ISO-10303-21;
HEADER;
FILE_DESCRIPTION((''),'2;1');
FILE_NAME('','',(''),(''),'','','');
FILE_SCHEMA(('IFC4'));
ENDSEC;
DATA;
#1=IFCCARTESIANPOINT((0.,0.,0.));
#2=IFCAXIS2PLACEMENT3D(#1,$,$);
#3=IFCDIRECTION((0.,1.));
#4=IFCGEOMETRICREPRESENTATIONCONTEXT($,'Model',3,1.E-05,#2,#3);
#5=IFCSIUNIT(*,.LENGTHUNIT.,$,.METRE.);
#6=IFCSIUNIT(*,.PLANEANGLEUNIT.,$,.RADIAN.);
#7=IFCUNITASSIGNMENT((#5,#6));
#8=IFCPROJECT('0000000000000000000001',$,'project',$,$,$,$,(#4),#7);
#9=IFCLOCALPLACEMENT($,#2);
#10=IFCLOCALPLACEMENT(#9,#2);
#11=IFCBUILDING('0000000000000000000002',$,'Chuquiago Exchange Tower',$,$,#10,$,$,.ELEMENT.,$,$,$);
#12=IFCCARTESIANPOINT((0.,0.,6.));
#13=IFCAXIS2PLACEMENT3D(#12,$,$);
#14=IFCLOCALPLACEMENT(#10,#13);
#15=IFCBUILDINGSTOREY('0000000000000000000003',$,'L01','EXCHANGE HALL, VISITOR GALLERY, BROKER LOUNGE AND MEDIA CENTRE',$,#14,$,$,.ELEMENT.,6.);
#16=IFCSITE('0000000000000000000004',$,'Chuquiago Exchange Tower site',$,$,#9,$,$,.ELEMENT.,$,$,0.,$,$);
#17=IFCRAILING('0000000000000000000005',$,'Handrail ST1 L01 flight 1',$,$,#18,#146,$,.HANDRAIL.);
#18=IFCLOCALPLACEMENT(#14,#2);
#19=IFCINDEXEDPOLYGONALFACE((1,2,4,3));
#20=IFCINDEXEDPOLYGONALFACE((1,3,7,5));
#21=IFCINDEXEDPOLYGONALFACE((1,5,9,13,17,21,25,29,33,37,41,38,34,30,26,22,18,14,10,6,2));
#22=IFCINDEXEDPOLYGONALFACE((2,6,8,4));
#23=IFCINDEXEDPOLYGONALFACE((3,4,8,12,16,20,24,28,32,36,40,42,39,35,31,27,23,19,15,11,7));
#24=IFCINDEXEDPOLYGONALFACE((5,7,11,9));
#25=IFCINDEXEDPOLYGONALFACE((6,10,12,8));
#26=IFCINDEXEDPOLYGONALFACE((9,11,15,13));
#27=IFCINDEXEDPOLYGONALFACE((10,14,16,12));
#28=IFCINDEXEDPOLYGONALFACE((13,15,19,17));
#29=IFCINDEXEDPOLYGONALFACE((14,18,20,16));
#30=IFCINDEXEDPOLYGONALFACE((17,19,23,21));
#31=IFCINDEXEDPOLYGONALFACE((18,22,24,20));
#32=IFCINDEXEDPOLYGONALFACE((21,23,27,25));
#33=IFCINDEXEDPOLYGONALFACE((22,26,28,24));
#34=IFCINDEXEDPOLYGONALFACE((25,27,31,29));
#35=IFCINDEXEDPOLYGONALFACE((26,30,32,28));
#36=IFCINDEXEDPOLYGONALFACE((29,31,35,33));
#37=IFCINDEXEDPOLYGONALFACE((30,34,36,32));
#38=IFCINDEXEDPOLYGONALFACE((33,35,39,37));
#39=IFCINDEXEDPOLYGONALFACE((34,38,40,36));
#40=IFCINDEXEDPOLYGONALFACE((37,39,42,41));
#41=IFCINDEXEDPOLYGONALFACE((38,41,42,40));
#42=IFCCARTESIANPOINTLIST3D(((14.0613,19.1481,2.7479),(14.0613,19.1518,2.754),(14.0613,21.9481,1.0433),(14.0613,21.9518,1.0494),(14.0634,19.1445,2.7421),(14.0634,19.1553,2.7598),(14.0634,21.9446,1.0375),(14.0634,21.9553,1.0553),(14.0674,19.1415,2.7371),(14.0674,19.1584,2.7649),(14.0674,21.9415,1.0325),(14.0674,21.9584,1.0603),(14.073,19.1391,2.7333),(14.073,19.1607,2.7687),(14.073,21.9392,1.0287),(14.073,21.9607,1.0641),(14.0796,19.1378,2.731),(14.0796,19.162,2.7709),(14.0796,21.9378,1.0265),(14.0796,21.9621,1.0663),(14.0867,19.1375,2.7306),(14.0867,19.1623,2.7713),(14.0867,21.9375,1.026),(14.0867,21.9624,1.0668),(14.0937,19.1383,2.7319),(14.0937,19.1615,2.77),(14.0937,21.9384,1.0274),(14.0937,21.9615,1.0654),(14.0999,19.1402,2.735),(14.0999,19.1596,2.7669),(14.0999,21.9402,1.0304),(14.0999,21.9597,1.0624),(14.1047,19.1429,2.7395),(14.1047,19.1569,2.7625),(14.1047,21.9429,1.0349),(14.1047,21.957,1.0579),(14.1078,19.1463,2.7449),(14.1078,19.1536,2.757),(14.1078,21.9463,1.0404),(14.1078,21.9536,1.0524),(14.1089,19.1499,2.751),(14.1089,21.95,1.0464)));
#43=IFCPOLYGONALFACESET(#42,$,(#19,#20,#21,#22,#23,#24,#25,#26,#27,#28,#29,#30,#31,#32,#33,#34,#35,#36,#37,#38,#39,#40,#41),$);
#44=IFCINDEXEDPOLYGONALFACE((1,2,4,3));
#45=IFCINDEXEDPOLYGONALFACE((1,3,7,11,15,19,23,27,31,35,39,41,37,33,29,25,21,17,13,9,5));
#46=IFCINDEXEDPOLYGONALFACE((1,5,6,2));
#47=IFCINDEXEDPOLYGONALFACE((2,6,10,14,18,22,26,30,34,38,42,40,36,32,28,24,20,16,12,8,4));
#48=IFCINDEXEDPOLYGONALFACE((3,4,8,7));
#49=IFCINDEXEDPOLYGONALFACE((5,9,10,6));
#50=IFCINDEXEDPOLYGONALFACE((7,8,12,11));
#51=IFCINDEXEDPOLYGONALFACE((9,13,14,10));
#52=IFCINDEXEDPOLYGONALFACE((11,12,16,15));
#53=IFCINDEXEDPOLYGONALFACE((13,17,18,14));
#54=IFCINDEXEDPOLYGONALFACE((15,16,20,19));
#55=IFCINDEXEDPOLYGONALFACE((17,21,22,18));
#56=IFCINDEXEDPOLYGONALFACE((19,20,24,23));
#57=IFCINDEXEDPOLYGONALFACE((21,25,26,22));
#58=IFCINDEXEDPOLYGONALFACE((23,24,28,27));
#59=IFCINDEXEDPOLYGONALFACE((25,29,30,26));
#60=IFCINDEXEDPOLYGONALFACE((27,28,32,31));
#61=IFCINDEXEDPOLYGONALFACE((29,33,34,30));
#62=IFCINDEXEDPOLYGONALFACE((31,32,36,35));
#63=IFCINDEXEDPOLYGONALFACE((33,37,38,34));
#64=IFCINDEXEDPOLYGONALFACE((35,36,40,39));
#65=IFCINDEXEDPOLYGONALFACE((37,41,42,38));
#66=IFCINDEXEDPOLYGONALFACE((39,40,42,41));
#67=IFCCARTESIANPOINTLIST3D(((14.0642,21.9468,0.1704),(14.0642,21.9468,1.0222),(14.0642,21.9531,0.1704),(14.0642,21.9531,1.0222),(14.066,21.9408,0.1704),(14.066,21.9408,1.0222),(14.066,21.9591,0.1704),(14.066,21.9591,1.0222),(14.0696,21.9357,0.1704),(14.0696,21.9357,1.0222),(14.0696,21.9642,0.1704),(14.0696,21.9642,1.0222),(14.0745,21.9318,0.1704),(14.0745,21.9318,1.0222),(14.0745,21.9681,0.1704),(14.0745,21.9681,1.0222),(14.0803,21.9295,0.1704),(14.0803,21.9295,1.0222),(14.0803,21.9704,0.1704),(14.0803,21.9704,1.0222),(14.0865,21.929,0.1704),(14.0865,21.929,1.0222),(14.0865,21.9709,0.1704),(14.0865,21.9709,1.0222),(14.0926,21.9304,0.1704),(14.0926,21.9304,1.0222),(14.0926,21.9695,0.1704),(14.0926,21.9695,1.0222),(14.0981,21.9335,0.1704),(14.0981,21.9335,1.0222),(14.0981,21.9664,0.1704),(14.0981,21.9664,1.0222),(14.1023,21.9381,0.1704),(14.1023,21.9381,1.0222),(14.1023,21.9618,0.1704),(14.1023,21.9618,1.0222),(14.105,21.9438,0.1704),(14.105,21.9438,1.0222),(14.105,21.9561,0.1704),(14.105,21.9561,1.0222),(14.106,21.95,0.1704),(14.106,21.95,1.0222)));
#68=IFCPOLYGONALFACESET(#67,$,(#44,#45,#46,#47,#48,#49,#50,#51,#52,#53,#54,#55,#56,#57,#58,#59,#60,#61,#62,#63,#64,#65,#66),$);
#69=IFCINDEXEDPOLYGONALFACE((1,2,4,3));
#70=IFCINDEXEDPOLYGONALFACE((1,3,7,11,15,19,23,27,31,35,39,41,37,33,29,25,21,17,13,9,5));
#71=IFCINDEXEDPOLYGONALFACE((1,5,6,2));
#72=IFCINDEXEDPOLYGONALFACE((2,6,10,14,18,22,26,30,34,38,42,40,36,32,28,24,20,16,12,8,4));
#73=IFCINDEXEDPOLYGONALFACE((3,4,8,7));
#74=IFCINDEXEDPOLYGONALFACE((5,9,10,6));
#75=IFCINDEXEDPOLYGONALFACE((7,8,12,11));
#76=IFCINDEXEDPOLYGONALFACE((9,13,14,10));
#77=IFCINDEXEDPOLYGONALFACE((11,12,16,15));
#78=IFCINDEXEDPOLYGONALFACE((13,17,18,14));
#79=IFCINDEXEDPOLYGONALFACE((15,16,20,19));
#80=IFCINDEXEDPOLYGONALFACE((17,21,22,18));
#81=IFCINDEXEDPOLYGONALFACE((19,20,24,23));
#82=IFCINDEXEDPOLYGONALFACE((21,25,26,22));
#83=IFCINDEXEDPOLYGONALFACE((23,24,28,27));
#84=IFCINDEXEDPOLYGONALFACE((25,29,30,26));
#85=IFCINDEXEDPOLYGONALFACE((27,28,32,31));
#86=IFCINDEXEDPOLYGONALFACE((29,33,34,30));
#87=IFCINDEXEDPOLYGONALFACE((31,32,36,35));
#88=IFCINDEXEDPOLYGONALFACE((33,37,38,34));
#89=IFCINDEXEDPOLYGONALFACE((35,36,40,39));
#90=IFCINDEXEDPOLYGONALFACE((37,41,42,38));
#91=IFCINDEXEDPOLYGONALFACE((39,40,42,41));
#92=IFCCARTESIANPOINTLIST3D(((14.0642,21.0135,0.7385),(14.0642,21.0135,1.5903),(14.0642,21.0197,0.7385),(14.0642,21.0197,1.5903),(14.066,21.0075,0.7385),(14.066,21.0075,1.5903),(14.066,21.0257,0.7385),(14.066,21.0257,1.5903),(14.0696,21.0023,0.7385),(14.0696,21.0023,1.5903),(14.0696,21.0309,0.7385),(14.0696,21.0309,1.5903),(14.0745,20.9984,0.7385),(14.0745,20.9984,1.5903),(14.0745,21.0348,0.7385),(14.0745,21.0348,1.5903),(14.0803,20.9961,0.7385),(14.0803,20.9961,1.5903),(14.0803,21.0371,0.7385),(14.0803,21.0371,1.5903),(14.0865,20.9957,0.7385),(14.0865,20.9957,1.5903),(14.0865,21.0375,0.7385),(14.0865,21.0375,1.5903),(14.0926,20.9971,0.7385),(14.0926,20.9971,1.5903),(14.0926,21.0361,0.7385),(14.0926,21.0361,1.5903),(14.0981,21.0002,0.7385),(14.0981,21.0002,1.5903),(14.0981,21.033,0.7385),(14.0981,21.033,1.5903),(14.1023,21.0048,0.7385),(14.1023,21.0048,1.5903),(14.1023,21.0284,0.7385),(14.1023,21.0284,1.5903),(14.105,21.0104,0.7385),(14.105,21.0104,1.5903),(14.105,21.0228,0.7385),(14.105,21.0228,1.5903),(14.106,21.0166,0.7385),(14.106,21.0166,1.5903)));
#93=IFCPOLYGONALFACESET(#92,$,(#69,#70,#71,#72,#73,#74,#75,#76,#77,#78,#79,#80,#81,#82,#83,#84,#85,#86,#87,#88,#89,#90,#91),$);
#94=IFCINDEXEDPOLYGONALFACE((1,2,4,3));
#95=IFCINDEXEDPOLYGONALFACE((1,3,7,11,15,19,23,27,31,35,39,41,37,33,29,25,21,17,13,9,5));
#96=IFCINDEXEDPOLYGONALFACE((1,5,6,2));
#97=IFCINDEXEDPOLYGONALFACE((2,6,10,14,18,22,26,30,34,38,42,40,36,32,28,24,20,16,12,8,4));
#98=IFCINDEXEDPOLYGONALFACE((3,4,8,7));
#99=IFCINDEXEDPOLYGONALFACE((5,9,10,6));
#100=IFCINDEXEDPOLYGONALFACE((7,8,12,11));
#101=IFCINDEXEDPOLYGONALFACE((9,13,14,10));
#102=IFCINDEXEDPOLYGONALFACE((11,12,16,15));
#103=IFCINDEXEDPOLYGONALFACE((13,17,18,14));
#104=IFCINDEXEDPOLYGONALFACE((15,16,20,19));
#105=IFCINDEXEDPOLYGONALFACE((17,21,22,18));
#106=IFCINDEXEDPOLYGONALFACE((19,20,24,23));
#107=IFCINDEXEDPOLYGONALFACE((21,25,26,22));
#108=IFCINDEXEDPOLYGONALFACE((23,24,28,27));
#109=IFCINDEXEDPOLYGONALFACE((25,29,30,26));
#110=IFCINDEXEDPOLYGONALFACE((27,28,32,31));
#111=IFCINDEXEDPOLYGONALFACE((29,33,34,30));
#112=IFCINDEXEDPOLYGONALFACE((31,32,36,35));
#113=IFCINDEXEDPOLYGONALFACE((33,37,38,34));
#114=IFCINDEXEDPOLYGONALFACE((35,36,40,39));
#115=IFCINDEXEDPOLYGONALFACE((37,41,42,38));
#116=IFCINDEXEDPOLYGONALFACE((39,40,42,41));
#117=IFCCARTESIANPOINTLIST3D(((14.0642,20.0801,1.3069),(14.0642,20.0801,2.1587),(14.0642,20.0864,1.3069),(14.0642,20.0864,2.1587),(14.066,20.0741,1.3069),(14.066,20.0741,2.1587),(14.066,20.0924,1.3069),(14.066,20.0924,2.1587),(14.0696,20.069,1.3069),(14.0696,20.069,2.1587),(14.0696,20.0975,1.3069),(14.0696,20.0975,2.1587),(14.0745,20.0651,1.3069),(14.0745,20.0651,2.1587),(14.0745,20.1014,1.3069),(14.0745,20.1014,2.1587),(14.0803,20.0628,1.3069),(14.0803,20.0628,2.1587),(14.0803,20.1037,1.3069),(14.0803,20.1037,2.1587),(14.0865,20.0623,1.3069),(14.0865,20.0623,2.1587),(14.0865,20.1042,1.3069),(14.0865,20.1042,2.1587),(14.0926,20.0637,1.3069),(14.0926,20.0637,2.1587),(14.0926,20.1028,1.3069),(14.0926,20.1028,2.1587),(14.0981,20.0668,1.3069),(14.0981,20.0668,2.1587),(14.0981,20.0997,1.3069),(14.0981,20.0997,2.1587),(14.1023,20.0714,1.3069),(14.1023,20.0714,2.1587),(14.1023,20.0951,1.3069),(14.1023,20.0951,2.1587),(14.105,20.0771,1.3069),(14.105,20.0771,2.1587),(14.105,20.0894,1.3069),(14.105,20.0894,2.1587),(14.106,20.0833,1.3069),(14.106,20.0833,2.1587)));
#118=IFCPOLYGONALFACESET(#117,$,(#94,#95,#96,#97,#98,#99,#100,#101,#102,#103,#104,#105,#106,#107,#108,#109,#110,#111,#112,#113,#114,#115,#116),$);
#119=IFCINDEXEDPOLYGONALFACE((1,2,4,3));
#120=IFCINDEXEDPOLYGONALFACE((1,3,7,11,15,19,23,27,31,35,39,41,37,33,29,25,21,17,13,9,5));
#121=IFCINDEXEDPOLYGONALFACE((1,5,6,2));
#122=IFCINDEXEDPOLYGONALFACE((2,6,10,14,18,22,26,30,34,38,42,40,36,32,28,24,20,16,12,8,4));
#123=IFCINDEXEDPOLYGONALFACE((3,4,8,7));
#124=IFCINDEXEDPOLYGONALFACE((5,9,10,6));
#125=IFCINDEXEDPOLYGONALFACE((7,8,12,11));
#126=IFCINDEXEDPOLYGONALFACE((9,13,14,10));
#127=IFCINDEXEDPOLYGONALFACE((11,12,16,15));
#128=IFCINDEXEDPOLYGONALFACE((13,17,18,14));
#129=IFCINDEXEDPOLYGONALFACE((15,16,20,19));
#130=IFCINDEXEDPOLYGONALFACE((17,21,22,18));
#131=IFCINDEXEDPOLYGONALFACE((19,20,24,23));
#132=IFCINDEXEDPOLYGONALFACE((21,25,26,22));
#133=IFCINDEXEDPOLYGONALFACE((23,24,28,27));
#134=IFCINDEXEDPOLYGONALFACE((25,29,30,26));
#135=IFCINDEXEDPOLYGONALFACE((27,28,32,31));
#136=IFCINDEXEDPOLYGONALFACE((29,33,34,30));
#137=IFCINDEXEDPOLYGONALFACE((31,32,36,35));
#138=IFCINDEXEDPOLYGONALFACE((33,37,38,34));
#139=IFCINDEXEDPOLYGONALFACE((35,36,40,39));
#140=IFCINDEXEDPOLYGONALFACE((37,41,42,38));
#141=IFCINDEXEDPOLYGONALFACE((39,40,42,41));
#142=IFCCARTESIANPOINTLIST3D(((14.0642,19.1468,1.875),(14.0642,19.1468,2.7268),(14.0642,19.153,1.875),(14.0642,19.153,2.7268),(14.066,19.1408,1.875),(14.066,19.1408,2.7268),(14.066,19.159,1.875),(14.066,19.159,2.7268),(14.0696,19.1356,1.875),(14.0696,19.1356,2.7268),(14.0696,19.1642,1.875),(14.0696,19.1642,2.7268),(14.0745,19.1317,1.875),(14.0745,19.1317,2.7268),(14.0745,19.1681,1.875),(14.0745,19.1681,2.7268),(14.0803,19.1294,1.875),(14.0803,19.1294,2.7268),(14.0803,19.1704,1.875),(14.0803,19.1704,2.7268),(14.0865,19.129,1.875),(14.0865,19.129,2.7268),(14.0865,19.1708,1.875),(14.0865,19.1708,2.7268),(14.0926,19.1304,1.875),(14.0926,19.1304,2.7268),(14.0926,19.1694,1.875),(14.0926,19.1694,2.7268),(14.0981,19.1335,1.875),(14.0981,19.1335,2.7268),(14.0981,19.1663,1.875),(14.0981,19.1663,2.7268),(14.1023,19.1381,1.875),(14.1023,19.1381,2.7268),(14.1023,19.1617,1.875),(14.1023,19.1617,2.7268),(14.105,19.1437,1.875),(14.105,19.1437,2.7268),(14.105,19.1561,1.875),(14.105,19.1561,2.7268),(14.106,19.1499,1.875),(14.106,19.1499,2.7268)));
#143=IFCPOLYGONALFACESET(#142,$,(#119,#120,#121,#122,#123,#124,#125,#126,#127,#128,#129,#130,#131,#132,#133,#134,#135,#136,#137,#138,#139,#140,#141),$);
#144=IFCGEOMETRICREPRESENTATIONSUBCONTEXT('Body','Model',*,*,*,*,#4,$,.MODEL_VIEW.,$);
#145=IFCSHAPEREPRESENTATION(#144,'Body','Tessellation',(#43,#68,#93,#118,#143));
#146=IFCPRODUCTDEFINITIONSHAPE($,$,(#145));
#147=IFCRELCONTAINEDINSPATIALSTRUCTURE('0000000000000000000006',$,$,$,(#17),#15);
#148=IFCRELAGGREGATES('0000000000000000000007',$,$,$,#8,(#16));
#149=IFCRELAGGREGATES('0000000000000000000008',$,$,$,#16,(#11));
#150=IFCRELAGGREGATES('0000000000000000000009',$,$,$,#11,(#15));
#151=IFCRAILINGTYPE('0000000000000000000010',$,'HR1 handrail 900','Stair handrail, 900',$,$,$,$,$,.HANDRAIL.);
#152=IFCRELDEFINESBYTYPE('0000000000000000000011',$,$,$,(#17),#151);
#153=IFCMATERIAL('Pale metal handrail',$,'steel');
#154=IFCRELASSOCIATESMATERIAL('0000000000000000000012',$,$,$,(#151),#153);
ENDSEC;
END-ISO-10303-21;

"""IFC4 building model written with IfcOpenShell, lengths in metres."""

from ifc_helpers import new_model, si_unit, direction, frame, origin, origin_2d, place, context, subcontext, project, spatial, circle, extrude, material, type_object, element, save


model = new_model("IFC4")

# Units and contexts
model_context = context("Model", 3, precision=1e-05, world=origin(), true_north=direction((0.0, 1.0)))
body_context = subcontext(model_context, "Body", "Model", "MODEL_VIEW")
ifc_project = project(units=[si_unit("LENGTHUNIT", "METRE"), si_unit("PLANEANGLEUNIT", "RADIAN")], contexts=[model_context])

# Site, building, storey
site_placement = place(None, origin())
site = spatial("IfcSite", under=ifc_project, at=site_placement, Name="Chuquiago Exchange Tower site", CompositionType="ELEMENT", RefElevation=0.0)
building_placement = place(site_placement, origin())
building = spatial("IfcBuilding", under=site, at=building_placement, Name="Chuquiago Exchange Tower", CompositionType="ELEMENT")
storey_placement = place(building_placement, frame((0.0, 0.0, 6.0)))
storey = spatial("IfcBuildingStorey", under=building, at=storey_placement, Name="L01", Description="EXCHANGE HALL, VISITOR GALLERY, BROKER LOUNGE AND MEDIA CENTRE", CompositionType="ELEMENT", Elevation=6.0)

# Railing
ifc_material_1 = material(Name="Pale metal handrail", Category="steel")
railing_type = type_object("IfcRailingType", Name="HR1 handrail 900", Description="Stair handrail, 900", PredefinedType="HANDRAIL", material=ifc_material_1)
for number, where, name in (
    (1, (14.085, 21.95, 0.1704), "Handrail ST1 L01 flight 1"),
):
    element("IfcRailing", number, at=place(storey_placement, frame(where)), inside=storey, type_object=railing_type, Name=name, PredefinedType="HANDRAIL", context=body_context, shape_type="SweptSolid", body=[
        extrude(circle(Radius=0.0239, at=origin_2d()), frame((0.0, 0.0, 0.876), z_axis=(0.0, -0.85417, 0.519994), x_axis=(1.0, 0.0, 0.0)), (0.0, 0.0, 1.0), 3.2781),
        extrude(circle(Radius=0.021, at=origin_2d()), origin(), (0.0, 0.0, 1.0), 0.8518),
        extrude(circle(Radius=0.021, at=origin_2d()), frame((0.0, -0.9333, 0.5681)), (0.0, 0.0, 1.0), 0.8518),
        extrude(circle(Radius=0.021, at=origin_2d()), frame((0.0, -1.8667, 1.1365)), (0.0, 0.0, 1.0), 0.8518),
        extrude(circle(Radius=0.021, at=origin_2d()), frame((0.0, -2.8, 1.7046)), (0.0, 0.0, 1.0), 0.8518),
    ])

save(model, "model.ifc")
